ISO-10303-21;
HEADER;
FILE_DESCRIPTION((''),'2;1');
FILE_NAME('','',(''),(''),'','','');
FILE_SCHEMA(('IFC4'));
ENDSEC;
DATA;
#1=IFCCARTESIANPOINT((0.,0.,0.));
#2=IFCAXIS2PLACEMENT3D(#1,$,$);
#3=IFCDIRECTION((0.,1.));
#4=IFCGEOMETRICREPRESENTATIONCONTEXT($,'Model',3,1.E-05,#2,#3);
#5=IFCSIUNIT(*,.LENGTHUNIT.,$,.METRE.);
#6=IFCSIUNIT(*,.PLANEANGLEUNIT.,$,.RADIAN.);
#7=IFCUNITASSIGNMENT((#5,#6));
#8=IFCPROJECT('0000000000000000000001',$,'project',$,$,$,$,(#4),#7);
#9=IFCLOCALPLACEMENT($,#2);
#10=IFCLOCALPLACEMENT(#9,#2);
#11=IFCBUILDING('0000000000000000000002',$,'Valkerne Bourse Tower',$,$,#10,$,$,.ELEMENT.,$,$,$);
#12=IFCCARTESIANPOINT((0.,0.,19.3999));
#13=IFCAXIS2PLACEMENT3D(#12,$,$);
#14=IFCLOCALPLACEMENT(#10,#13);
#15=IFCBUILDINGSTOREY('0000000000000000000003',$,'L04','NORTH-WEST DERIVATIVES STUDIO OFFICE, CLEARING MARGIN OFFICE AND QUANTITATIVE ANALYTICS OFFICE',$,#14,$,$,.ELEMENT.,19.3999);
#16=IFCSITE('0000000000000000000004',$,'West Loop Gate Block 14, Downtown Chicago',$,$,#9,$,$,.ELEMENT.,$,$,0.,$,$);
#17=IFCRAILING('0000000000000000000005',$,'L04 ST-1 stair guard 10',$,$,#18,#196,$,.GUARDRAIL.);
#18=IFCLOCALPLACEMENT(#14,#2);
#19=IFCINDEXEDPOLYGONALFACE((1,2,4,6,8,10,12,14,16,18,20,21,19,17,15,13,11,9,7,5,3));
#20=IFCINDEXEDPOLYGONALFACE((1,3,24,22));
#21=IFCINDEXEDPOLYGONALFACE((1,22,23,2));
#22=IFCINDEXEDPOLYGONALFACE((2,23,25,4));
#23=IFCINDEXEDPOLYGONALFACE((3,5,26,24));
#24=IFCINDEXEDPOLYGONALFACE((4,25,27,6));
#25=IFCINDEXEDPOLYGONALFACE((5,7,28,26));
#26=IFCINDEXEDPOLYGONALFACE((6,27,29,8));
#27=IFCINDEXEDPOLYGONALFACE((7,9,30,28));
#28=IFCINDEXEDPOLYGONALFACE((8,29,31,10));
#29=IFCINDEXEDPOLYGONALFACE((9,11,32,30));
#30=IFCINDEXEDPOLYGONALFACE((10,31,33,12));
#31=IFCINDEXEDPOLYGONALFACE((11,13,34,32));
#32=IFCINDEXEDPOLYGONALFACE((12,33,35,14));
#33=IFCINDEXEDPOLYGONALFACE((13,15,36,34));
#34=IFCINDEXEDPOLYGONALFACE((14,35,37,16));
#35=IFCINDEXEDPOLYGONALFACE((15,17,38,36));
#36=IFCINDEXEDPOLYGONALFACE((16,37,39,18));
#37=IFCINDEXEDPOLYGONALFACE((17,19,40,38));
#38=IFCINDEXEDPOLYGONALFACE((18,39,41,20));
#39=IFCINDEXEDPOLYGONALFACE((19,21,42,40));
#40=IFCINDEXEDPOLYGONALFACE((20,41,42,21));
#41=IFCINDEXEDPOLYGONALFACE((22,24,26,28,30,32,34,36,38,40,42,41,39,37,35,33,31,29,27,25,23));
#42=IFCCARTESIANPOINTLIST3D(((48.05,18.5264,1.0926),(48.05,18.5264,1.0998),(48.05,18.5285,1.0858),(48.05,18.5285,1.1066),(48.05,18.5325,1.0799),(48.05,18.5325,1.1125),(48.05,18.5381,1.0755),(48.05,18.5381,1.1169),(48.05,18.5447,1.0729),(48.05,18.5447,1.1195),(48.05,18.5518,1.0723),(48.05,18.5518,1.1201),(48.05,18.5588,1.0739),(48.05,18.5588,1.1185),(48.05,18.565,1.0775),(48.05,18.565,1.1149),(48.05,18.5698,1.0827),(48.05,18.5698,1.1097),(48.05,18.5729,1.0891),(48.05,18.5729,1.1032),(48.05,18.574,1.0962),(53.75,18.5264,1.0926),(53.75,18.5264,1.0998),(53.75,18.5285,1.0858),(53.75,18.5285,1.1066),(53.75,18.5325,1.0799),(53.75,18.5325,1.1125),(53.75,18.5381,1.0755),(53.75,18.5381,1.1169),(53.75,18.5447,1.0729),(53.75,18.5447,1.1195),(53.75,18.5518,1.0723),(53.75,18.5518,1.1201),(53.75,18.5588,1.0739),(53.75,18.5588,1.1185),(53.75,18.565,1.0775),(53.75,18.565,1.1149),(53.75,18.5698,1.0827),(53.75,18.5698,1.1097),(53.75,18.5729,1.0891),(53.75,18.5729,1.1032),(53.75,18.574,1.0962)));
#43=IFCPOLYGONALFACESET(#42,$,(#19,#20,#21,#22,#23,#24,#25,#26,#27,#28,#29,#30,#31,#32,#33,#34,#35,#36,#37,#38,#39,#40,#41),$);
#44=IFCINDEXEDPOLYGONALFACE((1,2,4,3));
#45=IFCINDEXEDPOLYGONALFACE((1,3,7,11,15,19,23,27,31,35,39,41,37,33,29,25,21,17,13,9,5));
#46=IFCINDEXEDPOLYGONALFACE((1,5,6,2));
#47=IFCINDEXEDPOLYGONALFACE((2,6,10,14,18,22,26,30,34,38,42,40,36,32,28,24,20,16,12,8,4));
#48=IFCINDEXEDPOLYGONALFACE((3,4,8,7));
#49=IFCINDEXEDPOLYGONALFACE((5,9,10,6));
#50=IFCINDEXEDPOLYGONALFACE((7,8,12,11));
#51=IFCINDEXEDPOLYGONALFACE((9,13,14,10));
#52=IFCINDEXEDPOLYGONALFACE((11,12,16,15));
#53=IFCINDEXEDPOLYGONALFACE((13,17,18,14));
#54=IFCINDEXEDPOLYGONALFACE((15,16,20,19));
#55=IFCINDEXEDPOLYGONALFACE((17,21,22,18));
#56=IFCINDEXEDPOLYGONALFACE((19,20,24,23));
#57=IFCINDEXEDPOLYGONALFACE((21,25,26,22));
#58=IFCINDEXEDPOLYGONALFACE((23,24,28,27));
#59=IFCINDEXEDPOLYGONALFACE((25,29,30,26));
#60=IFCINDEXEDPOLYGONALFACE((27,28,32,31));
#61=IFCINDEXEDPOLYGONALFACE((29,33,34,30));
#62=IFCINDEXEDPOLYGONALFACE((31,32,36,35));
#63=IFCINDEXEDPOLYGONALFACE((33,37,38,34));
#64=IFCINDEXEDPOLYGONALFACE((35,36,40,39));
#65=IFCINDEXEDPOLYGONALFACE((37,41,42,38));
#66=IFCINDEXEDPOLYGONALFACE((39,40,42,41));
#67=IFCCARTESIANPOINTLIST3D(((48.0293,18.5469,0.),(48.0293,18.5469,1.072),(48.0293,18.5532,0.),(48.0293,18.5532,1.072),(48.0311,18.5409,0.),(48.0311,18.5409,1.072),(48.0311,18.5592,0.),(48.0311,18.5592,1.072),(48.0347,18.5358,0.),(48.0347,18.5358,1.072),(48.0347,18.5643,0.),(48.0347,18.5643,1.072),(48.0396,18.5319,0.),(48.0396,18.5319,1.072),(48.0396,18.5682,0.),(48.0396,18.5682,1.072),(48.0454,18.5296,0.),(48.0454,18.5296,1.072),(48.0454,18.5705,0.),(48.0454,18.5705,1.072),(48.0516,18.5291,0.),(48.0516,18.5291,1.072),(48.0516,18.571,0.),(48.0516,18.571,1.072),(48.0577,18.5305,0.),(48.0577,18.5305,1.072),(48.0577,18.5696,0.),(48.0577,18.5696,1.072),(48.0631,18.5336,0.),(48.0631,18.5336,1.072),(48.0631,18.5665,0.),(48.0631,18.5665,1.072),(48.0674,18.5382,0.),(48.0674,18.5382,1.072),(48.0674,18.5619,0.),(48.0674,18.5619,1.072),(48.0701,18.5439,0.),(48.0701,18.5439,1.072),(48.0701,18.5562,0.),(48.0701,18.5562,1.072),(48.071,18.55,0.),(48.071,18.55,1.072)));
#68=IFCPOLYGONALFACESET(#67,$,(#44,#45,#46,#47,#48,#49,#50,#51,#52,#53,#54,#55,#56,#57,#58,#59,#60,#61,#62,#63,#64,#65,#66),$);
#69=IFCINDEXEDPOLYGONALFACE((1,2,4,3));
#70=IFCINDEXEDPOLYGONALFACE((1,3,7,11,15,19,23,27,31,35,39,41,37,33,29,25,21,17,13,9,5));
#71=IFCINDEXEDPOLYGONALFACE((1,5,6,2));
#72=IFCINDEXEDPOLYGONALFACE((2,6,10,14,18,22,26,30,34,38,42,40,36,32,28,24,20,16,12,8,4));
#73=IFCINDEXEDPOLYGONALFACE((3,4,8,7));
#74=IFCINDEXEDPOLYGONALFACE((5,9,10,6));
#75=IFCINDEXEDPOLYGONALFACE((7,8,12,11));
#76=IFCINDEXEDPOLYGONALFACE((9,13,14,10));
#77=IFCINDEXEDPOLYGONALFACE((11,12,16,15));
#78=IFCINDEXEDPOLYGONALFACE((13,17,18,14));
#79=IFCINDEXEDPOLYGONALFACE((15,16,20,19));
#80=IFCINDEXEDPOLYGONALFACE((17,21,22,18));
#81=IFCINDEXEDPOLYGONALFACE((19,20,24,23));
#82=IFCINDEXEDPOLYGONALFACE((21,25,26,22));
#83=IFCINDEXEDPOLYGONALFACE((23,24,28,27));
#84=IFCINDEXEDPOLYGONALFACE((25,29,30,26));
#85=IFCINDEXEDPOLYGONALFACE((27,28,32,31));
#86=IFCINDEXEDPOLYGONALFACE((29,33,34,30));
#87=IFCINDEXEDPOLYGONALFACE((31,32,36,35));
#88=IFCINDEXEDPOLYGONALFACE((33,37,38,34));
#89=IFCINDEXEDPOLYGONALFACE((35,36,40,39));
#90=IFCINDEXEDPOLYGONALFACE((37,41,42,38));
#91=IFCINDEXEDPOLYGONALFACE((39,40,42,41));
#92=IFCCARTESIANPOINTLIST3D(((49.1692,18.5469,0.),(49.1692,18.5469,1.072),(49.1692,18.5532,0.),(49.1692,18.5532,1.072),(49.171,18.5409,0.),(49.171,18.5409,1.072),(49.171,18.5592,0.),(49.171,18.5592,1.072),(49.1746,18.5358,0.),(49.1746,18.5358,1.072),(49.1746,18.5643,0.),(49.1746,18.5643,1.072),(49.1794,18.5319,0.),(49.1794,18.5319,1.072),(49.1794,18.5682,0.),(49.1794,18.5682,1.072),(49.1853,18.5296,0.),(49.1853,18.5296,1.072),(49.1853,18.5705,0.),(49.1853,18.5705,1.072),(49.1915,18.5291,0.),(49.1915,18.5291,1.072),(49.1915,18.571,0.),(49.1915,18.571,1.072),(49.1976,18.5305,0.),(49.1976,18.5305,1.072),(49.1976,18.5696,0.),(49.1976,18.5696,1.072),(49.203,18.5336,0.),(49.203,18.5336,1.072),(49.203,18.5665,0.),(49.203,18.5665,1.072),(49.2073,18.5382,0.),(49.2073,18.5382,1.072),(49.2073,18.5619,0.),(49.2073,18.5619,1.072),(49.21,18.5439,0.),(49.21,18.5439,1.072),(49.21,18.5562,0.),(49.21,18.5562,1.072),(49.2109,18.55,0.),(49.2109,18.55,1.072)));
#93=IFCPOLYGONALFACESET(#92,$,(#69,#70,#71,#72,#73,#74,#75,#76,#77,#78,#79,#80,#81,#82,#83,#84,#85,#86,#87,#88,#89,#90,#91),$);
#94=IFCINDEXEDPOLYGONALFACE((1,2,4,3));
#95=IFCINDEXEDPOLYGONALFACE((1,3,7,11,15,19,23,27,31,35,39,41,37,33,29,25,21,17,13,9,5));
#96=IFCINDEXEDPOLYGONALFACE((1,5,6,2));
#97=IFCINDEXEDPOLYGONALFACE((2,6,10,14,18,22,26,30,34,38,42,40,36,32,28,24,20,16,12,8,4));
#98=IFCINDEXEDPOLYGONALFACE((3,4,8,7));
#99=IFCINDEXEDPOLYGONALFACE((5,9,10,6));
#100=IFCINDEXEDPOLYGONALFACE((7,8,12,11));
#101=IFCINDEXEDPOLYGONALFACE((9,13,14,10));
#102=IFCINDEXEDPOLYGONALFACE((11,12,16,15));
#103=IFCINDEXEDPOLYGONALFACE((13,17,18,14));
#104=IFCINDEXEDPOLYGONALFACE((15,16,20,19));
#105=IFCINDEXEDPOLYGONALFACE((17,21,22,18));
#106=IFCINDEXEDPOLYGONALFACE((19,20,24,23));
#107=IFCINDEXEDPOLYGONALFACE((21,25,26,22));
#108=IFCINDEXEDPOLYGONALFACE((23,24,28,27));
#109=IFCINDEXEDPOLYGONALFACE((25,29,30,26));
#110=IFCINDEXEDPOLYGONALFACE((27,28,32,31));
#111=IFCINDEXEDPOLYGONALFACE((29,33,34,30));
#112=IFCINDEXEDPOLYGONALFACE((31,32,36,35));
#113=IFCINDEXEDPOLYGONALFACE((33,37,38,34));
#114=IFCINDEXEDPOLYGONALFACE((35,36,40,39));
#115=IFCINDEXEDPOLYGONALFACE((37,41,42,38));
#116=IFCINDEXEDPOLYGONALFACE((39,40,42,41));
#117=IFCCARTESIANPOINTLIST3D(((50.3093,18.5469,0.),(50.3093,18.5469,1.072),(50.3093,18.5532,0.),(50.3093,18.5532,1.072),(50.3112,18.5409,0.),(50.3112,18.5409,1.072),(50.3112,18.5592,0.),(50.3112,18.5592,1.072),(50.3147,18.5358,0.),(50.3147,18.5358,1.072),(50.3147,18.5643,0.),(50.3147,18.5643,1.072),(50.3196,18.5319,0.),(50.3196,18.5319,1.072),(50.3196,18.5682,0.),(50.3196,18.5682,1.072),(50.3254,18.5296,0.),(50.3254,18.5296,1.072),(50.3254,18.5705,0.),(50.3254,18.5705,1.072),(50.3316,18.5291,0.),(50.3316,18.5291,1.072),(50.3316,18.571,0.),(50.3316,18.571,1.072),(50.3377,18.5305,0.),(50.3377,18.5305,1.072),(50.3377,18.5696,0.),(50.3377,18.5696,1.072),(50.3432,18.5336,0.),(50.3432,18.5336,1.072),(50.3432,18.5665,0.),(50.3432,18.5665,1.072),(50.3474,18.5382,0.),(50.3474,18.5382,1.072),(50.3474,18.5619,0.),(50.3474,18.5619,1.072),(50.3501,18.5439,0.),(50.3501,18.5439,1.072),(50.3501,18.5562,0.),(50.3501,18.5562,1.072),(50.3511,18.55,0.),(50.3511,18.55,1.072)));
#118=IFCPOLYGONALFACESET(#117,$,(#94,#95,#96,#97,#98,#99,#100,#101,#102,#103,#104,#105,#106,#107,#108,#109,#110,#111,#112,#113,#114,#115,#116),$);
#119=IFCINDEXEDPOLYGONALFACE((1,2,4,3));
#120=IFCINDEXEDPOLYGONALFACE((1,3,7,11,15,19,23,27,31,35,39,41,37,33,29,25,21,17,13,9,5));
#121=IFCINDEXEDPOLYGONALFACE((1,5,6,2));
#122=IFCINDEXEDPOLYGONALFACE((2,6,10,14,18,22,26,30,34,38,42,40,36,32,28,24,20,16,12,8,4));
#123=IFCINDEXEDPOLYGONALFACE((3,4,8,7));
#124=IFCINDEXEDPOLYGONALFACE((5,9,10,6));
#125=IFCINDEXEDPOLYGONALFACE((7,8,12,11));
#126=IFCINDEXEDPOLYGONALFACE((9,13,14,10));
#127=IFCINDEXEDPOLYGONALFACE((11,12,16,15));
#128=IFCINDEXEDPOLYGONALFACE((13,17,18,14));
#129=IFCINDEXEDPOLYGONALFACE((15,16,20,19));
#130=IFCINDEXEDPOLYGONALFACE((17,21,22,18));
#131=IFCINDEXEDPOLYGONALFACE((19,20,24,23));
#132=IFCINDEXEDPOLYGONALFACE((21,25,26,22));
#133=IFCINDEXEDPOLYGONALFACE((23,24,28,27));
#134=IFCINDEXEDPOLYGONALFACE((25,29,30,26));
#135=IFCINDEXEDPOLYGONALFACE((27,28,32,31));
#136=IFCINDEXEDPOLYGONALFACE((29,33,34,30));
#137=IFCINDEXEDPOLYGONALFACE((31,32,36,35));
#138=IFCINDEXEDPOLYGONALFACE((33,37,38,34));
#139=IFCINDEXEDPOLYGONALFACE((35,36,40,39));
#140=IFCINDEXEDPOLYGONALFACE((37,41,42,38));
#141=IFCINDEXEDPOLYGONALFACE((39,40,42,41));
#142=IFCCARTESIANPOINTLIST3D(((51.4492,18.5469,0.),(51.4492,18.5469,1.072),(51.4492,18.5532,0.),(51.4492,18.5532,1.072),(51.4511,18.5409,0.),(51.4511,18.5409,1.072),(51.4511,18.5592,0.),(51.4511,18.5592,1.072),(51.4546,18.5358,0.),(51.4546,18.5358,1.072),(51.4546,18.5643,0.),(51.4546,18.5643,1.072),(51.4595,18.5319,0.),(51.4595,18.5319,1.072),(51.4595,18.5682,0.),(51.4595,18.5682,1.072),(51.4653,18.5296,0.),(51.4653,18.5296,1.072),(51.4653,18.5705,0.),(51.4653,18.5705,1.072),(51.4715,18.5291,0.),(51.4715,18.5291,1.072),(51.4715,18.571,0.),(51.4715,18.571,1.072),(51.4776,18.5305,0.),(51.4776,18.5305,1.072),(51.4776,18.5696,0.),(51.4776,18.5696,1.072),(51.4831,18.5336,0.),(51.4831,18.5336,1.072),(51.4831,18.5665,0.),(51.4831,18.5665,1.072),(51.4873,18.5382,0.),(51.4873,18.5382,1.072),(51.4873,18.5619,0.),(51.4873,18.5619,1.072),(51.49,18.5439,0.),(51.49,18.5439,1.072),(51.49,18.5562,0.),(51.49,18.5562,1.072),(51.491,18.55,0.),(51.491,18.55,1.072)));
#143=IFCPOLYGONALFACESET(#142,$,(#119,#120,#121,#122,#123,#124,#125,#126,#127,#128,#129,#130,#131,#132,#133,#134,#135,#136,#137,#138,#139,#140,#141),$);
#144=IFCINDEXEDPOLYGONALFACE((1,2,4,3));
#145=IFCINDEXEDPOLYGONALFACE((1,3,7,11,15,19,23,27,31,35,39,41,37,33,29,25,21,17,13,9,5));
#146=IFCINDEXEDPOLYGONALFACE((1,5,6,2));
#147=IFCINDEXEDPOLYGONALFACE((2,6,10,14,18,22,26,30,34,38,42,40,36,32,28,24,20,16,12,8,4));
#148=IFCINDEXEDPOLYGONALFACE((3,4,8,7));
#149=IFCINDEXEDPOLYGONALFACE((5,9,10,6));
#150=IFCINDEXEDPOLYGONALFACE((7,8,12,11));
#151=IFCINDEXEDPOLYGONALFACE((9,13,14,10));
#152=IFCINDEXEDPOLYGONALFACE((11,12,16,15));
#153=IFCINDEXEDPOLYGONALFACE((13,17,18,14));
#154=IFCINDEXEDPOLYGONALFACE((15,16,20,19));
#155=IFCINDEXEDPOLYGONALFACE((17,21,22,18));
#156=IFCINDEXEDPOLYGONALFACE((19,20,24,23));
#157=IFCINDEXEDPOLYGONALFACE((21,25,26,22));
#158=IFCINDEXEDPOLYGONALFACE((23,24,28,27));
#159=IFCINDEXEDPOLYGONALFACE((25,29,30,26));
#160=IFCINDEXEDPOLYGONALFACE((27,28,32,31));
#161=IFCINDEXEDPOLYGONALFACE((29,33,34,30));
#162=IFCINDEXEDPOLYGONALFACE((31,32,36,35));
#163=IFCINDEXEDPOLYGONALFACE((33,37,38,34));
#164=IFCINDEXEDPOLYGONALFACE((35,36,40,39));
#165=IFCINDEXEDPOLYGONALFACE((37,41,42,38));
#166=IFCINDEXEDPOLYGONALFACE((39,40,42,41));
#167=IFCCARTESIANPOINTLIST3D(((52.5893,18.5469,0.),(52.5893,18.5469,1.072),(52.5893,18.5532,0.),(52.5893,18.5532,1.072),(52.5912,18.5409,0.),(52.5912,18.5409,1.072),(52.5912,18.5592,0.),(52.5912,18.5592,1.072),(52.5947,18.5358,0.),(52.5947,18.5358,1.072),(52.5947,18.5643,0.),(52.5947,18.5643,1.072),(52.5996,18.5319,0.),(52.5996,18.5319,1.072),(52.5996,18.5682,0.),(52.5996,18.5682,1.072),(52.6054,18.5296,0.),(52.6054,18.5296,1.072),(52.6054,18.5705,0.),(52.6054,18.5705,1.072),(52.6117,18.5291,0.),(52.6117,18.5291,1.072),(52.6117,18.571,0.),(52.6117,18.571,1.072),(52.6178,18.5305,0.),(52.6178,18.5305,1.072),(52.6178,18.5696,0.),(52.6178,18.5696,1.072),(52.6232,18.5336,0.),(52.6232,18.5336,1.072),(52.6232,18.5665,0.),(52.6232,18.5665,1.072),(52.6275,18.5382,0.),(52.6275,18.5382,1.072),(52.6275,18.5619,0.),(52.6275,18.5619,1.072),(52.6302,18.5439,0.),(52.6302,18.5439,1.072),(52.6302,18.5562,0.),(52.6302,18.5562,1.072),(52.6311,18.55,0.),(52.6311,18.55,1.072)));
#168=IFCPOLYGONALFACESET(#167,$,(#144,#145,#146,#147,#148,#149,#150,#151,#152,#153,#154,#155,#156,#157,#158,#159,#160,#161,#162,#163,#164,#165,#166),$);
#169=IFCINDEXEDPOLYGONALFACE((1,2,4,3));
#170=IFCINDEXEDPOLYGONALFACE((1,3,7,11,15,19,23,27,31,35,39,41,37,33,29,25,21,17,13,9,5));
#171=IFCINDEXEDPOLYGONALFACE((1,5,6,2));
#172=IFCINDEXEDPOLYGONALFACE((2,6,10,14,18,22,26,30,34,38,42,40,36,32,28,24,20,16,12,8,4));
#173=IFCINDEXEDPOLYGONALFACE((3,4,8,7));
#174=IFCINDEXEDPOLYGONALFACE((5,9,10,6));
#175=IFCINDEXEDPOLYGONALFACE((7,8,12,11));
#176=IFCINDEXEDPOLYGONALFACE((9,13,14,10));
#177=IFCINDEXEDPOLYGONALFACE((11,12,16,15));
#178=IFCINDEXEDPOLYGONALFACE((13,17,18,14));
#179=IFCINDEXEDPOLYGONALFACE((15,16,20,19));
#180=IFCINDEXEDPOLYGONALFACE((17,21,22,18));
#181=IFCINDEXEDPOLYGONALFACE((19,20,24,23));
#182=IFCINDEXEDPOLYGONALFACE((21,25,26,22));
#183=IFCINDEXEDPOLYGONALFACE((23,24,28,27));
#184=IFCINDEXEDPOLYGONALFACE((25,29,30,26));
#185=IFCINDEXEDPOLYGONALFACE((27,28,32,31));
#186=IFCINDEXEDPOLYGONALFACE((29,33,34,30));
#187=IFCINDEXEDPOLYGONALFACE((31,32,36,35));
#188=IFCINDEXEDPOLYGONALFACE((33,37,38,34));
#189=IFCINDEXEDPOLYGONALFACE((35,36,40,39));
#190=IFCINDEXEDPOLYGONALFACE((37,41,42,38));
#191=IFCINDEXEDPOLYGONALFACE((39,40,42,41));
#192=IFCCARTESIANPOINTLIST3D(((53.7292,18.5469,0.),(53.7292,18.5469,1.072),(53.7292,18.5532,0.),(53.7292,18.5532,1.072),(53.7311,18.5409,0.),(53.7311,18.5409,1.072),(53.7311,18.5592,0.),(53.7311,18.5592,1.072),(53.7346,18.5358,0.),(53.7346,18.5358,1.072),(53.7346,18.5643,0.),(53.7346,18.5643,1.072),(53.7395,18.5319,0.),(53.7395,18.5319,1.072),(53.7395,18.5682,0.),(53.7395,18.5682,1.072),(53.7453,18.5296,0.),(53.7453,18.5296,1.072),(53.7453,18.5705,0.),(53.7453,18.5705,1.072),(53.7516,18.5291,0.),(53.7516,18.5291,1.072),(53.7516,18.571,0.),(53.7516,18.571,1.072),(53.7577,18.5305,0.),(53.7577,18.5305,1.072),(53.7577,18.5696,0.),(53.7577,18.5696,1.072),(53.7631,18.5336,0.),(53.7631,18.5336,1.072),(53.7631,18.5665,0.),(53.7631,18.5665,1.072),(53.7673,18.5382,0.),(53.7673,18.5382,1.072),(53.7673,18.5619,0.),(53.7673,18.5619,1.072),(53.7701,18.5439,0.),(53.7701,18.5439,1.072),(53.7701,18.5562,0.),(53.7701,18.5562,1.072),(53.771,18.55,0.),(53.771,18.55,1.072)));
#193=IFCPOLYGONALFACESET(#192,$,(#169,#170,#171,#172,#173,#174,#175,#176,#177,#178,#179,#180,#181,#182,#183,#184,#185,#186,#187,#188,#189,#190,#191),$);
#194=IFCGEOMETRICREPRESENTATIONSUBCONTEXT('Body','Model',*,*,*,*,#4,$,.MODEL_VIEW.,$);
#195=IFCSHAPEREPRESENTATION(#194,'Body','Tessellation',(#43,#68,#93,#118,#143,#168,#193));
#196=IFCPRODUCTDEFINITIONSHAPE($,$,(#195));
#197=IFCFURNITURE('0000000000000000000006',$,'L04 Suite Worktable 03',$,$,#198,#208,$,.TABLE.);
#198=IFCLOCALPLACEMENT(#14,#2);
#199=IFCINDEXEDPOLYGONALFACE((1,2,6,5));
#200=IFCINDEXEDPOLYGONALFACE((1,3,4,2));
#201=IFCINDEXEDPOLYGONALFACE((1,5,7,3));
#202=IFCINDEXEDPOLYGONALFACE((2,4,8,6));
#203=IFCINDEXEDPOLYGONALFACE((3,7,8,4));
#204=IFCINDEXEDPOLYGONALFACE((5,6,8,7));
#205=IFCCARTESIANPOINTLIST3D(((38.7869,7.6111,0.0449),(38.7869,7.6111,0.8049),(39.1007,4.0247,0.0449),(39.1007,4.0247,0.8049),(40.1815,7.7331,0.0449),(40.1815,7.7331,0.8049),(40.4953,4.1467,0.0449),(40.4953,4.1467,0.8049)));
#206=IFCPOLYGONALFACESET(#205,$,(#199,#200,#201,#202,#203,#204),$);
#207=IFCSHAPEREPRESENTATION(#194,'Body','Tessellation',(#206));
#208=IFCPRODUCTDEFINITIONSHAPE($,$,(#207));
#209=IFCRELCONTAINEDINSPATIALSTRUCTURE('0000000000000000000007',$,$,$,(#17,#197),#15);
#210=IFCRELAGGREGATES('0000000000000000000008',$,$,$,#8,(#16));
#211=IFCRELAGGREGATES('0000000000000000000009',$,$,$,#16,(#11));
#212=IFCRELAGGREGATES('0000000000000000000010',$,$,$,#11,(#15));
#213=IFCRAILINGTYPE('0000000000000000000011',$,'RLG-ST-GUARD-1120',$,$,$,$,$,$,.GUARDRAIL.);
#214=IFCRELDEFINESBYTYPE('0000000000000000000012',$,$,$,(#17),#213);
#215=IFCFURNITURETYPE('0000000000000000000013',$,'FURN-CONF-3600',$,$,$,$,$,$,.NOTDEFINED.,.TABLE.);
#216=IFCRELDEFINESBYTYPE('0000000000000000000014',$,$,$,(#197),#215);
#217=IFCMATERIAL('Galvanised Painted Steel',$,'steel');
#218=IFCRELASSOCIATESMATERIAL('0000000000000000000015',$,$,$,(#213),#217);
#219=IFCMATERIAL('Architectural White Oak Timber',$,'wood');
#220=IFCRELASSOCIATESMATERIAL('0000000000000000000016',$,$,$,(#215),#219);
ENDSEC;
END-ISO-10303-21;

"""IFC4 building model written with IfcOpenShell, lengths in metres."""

from ifc_helpers import new_model, si_unit, direction, frame, origin, origin_2d, place, context, subcontext, project, spatial, rectangle, circle, extrude, material, type_object, element, save


model = new_model("IFC4")

# Units and contexts
model_context = context("Model", 3, precision=1e-05, world=origin(), true_north=direction((0.0, 1.0)))
body_context = subcontext(model_context, "Body", "Model", "MODEL_VIEW")
ifc_project = project(units=[si_unit("LENGTHUNIT", "METRE"), si_unit("PLANEANGLEUNIT", "RADIAN")], contexts=[model_context])

# Site, building, storey
site_placement = place(None, origin())
site = spatial("IfcSite", under=ifc_project, at=site_placement, Name="West Loop Gate Block 14, Downtown Chicago", CompositionType="ELEMENT", RefElevation=0.0)
building_placement = place(site_placement, origin())
building = spatial("IfcBuilding", under=site, at=building_placement, Name="Valkerne Bourse Tower", CompositionType="ELEMENT")
storey_placement = place(building_placement, frame((0.0, 0.0, 19.3999)))
storey = spatial("IfcBuildingStorey", under=building, at=storey_placement, Name="L04", Description="NORTH-WEST DERIVATIVES STUDIO OFFICE, CLEARING MARGIN OFFICE AND QUANTITATIVE ANALYTICS OFFICE", CompositionType="ELEMENT", Elevation=19.3999)

# Shared definitions
ifc_material_1 = material(Name="Galvanised Painted Steel", Category="steel")

# Railing
railing_type = type_object("IfcRailingType", Name="RLG-ST-GUARD-1120", PredefinedType="GUARDRAIL", material=ifc_material_1)
railing_placement = place(storey_placement, frame((48.05, 18.55, 0.0)))
element("IfcRailing", 1, at=railing_placement, inside=storey, type_object=railing_type, Name="L04 ST-1 stair guard 10", PredefinedType="GUARDRAIL", context=body_context, shape_type="SweptSolid", body=[
    extrude(circle(Radius=0.0239, at=origin_2d()), frame((0.0, 0.0, 1.0962), z_axis=(1.0, 0.0, 0.0), x_axis=(0.0, 1.0, 0.0)), (0.0, 0.0, 1.0), 5.7),
    extrude(circle(Radius=0.021, at=origin_2d()), origin(), (0.0, 0.0, 1.0), 1.072),
    extrude(circle(Radius=0.021, at=origin_2d()), frame((1.1399, 0.0, 0.0)), (0.0, 0.0, 1.0), 1.072),
    extrude(circle(Radius=0.021, at=origin_2d()), frame((2.28, 0.0, 0.0)), (0.0, 0.0, 1.0), 1.072),
    extrude(circle(Radius=0.021, at=origin_2d()), frame((3.4199, 0.0, 0.0)), (0.0, 0.0, 1.0), 1.072),
    extrude(circle(Radius=0.021, at=origin_2d()), frame((4.5601, 0.0, 0.0)), (0.0, 0.0, 1.0), 1.072),
    extrude(circle(Radius=0.021, at=origin_2d()), frame((5.7, 0.0, 0.0)), (0.0, 0.0, 1.0), 1.072),
])

# Furniture
ifc_material_2 = material(Name="Architectural White Oak Timber", Category="wood")
furniture_type = type_object("IfcFurnitureType", Name="FURN-CONF-3600", AssemblyPlace="NOTDEFINED", PredefinedType="TABLE", material=ifc_material_2)
furniture_placement = place(storey_placement, frame((39.6411, 5.8789, 0.0449), z_axis=(0.0, 0.0, 1.0), x_axis=(-0.087156, 0.996195, 0.0)))
element("IfcFurniture", 2, at=furniture_placement, inside=storey, type_object=furniture_type, Name="L04 Suite Worktable 03", PredefinedType="TABLE", context=body_context, shape_type="SweptSolid", body=[
    extrude(rectangle(XDim=3.6001, YDim=1.3999, at=origin_2d()), origin(), (0.0, 0.0, 1.0), 0.76),
])

save(model, "model.ifc")
